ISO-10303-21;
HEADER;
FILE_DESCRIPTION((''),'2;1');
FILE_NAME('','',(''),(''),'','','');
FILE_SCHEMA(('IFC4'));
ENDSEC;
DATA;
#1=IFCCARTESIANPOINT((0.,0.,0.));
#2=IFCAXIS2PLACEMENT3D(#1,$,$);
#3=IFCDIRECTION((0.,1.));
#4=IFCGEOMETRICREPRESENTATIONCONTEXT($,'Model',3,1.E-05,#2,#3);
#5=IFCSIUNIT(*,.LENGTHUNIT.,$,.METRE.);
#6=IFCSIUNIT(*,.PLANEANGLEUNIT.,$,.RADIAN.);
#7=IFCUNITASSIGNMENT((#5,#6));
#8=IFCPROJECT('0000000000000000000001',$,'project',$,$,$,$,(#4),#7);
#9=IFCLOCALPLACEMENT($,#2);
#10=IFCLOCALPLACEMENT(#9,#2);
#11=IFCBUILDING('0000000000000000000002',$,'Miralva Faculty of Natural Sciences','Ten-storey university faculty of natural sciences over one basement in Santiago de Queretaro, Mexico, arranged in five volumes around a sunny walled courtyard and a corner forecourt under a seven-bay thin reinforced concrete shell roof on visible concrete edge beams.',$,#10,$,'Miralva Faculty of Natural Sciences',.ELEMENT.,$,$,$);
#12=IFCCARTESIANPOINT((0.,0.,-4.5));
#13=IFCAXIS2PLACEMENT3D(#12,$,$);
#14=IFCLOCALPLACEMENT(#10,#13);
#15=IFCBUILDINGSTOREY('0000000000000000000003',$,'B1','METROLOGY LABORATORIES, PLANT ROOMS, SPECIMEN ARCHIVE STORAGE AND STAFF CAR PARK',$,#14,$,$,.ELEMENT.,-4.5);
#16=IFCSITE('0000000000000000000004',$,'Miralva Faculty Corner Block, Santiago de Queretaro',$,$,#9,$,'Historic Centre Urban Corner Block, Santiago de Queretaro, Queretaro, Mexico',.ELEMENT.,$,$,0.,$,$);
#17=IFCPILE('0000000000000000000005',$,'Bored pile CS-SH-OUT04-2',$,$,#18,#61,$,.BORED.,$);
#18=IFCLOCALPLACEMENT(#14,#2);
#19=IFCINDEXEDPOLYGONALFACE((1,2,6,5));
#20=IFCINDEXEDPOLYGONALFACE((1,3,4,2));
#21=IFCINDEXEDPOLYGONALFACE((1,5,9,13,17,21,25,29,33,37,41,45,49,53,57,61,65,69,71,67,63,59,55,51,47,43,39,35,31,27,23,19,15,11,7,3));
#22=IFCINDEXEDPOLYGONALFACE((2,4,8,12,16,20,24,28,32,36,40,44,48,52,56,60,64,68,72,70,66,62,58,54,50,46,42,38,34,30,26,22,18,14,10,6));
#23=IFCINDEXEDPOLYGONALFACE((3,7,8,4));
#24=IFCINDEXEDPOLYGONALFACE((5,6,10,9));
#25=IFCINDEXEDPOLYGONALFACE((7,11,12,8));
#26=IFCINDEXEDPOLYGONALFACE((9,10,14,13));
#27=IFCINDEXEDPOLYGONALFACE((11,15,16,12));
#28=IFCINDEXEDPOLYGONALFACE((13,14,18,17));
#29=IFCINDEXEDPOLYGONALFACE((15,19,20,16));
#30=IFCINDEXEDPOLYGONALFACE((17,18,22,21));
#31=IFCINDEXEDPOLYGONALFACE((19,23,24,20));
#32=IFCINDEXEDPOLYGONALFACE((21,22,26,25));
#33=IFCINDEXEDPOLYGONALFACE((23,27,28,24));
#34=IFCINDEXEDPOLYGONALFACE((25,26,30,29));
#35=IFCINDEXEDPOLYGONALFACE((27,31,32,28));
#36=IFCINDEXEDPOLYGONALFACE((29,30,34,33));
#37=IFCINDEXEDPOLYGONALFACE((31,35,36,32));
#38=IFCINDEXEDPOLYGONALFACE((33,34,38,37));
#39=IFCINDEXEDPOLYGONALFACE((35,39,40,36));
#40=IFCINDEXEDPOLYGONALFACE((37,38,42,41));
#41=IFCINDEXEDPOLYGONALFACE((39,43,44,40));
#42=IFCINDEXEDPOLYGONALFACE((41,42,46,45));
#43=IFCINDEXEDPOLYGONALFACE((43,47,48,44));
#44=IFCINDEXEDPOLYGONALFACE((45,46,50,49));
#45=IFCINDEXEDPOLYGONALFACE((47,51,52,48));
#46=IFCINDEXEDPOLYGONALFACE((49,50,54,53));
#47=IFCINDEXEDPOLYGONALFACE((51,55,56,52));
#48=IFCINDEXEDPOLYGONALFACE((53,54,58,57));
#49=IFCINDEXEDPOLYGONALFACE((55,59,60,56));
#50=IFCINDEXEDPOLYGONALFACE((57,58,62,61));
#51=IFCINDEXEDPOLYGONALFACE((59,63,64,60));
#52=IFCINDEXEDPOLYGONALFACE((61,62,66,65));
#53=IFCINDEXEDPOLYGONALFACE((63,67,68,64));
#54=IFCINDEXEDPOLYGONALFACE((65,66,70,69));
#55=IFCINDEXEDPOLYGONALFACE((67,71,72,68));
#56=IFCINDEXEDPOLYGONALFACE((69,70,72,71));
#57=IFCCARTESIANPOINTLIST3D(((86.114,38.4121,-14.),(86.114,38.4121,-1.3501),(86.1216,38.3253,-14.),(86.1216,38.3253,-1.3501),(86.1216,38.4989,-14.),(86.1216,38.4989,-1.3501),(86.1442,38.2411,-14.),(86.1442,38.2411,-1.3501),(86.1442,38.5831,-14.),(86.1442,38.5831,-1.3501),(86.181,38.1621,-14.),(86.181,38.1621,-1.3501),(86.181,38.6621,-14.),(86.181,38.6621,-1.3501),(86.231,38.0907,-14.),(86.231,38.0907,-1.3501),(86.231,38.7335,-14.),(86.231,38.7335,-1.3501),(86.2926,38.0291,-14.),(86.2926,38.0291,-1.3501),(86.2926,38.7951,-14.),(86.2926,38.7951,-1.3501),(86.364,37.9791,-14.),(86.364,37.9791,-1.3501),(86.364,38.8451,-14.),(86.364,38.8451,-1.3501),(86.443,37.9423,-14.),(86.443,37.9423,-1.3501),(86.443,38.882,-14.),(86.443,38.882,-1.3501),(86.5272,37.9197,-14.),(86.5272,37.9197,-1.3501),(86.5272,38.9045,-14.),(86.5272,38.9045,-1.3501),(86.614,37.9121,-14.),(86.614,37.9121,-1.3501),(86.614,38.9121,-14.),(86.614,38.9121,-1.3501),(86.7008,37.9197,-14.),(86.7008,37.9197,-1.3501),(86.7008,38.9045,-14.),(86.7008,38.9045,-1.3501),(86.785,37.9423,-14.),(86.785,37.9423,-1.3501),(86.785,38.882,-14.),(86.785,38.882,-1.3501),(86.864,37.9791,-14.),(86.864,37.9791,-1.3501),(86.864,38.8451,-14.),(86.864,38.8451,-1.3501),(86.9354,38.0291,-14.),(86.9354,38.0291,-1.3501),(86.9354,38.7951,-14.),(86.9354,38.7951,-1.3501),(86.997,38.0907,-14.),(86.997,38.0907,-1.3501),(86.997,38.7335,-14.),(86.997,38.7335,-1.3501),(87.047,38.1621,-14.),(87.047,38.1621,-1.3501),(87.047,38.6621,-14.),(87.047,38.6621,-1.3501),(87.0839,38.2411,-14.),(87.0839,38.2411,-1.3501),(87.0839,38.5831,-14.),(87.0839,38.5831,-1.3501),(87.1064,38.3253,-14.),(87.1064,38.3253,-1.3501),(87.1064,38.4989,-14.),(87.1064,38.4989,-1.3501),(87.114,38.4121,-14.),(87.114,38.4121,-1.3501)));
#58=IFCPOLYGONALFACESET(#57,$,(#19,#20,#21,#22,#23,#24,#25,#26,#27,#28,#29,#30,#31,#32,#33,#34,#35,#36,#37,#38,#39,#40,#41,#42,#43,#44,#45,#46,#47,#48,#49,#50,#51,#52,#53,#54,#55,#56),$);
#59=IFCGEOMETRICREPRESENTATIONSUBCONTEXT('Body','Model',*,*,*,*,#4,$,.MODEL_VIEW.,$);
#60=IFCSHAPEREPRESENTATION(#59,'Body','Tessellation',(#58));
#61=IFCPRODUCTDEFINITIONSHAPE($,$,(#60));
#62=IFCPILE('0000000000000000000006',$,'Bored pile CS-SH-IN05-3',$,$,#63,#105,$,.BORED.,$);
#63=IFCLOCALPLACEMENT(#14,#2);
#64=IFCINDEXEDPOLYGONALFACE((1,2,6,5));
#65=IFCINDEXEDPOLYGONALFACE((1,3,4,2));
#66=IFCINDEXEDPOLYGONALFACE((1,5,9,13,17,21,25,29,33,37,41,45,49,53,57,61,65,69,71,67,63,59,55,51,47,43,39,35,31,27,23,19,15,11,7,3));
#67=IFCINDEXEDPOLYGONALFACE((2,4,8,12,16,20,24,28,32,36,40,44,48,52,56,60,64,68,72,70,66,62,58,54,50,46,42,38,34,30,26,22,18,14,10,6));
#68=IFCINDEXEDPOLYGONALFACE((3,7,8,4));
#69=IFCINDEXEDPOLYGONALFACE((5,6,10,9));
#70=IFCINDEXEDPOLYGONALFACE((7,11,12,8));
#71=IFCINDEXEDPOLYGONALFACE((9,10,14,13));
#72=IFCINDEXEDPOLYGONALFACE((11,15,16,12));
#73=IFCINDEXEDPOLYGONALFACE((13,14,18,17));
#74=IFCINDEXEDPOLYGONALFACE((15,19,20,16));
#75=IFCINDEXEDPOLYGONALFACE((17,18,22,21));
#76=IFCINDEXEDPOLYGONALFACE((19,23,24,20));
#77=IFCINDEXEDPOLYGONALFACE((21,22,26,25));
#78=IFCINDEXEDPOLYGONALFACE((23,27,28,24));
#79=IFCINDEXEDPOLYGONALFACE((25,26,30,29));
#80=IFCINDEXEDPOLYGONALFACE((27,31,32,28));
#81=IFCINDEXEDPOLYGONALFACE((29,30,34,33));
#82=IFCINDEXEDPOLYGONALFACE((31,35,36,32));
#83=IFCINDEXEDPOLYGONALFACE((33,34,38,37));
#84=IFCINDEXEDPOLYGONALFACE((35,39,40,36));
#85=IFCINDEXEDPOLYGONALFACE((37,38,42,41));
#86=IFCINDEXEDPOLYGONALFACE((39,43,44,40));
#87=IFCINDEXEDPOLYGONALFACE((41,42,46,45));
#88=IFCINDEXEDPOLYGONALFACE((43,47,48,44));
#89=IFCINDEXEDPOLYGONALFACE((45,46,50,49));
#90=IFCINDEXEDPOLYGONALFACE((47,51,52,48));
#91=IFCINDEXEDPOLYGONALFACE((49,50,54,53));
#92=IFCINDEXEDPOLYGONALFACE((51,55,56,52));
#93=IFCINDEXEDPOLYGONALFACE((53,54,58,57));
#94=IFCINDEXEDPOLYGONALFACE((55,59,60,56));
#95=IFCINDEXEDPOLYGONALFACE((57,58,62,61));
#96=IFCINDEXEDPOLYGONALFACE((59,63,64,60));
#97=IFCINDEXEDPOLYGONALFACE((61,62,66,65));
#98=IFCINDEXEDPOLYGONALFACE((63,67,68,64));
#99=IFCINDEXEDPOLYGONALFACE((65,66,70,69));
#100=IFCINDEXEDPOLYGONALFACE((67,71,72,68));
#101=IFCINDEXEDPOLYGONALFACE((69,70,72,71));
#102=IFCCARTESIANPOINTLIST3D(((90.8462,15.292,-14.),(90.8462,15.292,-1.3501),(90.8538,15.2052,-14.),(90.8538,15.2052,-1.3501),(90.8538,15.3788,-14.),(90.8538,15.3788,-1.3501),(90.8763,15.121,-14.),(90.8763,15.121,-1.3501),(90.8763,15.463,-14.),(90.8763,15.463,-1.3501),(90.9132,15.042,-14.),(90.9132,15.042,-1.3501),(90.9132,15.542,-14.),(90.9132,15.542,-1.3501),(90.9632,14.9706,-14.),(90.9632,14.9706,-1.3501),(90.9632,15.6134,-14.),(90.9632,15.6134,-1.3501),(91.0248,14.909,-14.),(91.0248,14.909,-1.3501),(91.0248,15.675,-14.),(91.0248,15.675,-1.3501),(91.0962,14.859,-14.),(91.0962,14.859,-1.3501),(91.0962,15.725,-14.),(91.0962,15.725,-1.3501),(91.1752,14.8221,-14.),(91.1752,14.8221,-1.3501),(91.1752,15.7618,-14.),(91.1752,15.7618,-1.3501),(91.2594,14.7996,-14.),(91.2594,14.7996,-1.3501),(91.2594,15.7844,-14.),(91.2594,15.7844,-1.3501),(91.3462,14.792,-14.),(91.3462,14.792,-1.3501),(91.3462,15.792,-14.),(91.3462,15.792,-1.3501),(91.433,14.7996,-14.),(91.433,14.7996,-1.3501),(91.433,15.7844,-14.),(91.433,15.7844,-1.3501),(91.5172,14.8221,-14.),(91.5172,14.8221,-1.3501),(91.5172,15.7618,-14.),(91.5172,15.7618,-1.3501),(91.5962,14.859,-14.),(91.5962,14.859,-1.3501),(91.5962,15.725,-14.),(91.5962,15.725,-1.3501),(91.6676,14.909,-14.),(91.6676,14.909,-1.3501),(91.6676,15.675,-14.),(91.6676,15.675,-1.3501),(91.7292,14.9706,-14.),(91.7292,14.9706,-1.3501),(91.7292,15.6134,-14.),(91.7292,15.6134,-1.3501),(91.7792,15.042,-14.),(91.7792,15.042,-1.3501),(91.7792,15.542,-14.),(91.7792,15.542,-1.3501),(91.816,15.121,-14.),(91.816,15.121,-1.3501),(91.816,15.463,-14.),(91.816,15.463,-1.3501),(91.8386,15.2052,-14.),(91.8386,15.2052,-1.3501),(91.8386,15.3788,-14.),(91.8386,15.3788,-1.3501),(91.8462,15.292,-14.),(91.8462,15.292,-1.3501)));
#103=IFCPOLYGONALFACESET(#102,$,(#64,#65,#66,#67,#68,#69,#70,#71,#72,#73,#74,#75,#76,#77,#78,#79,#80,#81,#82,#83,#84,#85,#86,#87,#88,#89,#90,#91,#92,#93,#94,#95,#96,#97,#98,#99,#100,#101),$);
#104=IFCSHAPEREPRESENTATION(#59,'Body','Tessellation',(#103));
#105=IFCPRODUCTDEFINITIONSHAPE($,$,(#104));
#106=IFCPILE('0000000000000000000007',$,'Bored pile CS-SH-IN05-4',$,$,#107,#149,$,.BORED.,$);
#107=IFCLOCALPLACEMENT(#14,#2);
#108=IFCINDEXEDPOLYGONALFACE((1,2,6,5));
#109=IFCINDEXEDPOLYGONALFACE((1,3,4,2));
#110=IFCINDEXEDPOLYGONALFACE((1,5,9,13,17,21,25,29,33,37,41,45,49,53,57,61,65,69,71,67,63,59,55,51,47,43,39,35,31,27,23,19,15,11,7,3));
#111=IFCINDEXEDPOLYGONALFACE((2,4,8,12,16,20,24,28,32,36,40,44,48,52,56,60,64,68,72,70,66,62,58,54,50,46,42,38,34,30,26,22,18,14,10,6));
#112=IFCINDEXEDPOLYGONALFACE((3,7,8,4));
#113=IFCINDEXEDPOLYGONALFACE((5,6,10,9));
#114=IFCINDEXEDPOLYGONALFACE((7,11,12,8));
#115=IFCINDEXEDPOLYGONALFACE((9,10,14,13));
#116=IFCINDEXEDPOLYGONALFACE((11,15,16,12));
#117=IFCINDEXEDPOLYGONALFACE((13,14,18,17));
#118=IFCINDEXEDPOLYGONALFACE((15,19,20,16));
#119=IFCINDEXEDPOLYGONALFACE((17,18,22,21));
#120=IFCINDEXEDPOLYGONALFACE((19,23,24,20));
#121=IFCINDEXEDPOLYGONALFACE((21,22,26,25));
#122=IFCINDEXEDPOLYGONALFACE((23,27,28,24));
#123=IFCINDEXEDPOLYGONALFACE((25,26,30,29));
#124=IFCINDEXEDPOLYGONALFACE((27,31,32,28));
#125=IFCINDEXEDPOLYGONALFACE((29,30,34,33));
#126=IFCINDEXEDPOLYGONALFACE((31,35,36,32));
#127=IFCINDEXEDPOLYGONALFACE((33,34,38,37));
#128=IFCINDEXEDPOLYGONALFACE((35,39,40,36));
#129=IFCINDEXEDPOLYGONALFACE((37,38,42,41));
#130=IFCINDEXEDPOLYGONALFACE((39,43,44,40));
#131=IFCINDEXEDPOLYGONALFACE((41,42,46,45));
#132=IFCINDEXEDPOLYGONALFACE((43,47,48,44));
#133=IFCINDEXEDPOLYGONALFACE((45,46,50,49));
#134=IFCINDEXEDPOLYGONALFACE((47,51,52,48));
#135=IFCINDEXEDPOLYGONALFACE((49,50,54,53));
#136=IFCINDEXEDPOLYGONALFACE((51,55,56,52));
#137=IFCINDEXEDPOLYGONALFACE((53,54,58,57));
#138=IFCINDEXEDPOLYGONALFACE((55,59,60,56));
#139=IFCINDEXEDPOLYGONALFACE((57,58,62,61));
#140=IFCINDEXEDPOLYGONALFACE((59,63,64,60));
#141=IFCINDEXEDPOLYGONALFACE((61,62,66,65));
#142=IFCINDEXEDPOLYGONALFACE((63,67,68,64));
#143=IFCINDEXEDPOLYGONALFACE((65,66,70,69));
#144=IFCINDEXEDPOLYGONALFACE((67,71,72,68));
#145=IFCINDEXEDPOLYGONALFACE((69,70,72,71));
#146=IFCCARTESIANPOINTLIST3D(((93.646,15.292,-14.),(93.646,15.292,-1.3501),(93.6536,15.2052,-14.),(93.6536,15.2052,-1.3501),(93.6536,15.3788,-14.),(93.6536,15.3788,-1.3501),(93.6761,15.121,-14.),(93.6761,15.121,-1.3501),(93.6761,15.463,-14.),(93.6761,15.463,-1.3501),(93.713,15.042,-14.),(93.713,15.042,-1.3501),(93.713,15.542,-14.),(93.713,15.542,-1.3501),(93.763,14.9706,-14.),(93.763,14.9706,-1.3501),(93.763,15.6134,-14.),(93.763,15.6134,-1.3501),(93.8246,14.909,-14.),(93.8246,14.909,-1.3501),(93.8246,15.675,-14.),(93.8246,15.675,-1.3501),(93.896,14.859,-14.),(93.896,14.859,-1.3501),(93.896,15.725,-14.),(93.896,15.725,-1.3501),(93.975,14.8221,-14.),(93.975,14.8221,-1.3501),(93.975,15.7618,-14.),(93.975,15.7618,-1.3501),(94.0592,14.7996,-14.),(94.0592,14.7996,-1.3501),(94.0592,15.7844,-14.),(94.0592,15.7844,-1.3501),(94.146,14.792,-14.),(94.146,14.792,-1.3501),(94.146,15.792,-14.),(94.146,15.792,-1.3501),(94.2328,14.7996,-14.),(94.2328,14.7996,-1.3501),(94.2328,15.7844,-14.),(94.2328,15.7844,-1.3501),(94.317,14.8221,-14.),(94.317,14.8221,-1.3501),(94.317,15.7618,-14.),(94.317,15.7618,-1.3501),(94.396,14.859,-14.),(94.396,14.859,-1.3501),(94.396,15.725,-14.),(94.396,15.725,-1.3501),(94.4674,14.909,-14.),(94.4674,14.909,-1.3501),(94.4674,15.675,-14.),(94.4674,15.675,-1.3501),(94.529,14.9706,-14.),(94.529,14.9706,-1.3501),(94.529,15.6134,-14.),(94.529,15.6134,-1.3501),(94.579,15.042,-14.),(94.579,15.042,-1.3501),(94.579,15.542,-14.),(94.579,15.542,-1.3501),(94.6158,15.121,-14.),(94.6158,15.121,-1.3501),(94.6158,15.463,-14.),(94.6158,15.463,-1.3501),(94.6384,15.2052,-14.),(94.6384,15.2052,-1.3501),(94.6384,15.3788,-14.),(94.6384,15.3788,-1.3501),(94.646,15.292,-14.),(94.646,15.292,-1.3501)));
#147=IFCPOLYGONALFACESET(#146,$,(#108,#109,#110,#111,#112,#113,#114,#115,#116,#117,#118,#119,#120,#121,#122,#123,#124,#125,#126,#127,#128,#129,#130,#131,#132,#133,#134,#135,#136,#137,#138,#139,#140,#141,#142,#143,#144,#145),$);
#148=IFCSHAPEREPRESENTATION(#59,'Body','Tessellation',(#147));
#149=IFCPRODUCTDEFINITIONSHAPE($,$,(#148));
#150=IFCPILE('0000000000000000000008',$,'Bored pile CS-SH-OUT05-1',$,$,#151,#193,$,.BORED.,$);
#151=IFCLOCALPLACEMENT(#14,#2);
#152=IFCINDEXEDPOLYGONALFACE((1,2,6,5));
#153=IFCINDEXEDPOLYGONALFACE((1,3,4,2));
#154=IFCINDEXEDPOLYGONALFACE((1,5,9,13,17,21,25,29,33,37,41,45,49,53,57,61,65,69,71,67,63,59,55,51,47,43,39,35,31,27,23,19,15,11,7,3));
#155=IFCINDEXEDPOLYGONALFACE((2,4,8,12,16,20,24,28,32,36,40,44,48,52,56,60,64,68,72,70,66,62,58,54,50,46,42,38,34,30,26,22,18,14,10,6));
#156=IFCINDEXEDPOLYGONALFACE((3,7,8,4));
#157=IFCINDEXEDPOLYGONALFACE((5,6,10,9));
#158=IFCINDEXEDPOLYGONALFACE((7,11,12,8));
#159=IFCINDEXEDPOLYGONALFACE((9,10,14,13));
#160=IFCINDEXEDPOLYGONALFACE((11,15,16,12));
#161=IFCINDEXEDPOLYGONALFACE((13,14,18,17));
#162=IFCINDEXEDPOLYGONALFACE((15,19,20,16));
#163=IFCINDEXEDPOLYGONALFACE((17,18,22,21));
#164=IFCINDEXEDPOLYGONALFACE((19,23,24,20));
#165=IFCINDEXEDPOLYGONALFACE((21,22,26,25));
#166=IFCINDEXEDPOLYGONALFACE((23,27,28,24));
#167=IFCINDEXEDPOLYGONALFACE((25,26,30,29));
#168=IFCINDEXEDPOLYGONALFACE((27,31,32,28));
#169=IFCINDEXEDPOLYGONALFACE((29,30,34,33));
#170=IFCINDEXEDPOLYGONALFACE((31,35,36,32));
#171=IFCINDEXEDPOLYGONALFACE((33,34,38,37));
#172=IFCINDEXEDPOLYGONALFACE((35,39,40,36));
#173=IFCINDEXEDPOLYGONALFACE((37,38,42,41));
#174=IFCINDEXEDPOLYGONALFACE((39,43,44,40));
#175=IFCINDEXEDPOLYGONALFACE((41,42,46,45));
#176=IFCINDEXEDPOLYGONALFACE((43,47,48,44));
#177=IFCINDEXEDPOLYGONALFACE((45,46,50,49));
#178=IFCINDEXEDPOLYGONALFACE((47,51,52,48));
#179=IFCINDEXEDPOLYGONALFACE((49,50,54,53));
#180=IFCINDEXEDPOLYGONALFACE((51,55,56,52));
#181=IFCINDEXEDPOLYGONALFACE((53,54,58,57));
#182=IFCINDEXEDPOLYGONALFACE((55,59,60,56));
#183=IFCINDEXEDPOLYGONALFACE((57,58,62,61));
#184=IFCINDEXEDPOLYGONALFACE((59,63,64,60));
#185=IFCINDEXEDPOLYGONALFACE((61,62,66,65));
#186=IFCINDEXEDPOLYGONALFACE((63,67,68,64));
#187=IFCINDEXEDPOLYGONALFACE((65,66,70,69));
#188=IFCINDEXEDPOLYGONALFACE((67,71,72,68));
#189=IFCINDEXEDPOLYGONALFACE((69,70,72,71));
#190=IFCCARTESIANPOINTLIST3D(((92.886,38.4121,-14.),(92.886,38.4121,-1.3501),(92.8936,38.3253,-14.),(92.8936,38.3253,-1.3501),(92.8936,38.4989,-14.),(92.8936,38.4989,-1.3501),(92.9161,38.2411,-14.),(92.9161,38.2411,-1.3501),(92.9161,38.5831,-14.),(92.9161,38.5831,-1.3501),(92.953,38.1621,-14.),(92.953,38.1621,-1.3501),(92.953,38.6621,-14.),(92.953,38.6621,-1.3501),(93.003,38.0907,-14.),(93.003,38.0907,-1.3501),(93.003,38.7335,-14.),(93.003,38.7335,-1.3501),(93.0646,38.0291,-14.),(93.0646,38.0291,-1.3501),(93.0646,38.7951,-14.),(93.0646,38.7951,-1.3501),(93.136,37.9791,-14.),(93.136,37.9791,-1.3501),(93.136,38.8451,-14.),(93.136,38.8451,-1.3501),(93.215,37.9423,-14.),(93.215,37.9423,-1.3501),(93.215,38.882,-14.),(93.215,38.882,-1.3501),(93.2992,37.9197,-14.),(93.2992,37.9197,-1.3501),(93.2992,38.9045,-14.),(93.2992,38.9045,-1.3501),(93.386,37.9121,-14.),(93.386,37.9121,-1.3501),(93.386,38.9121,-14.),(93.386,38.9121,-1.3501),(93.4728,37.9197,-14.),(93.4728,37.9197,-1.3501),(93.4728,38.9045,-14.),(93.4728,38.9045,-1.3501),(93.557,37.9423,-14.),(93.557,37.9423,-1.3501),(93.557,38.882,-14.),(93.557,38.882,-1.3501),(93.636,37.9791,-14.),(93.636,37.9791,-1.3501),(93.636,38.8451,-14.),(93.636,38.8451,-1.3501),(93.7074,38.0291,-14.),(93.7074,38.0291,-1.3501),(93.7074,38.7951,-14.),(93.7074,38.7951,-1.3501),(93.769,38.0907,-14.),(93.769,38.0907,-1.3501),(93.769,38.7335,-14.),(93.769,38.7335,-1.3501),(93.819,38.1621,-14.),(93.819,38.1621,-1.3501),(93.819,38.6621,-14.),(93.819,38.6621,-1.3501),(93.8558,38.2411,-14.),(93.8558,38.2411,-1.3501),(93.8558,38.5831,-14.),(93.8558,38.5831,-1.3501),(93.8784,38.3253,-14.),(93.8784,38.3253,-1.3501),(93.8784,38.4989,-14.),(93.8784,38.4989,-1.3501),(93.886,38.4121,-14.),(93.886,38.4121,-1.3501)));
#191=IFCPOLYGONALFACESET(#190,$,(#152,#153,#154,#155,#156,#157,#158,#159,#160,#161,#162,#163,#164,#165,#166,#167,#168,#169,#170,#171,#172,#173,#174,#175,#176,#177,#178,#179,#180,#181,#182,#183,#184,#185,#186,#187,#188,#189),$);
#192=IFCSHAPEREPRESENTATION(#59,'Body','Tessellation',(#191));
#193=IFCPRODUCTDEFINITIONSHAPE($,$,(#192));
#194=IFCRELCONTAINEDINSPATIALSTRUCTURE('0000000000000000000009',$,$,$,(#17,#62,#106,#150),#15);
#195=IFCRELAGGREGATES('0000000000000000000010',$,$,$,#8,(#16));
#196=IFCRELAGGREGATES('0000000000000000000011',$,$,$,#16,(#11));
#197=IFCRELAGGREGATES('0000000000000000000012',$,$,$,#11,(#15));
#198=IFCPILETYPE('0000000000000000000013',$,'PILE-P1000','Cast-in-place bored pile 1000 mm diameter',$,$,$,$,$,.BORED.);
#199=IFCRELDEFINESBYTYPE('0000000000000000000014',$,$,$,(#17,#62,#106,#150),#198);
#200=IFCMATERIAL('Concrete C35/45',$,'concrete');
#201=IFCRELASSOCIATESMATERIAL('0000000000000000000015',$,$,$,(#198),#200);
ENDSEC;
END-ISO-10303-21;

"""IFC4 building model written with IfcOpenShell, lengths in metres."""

from ifc_helpers import new_model, si_unit, direction, frame, origin, origin_2d, place, context, subcontext, project, spatial, circle, extrude, material, material_profile, profile_set, type_object, element, save


model = new_model("IFC4")

# Units and contexts
model_context = context("Model", 3, precision=1e-05, world=origin(), true_north=direction((0.0, 1.0)))
body_context = subcontext(model_context, "Body", "Model", "MODEL_VIEW")
ifc_project = project(units=[si_unit("LENGTHUNIT", "METRE"), si_unit("PLANEANGLEUNIT", "RADIAN")], contexts=[model_context])

# Site, building, storey
site_placement = place(None, origin())
site = spatial("IfcSite", under=ifc_project, at=site_placement, Name="Miralva Faculty Corner Block, Santiago de Queretaro", LongName="Historic Centre Urban Corner Block, Santiago de Queretaro, Queretaro, Mexico", CompositionType="ELEMENT", RefElevation=0.0)
building_placement = place(site_placement, origin())
building = spatial("IfcBuilding", under=site, at=building_placement, Name="Miralva Faculty of Natural Sciences", Description="Ten-storey university faculty of natural sciences over one basement in Santiago de Queretaro, Mexico, arranged in five volumes around a sunny walled courtyard and a corner forecourt under a seven-bay thin reinforced concrete shell roof on visible concrete edge beams.", LongName="Miralva Faculty of Natural Sciences", CompositionType="ELEMENT")
storey_placement = place(building_placement, frame((0.0, 0.0, -4.5)))
storey = spatial("IfcBuildingStorey", under=building, at=storey_placement, Name="B1", Description="METROLOGY LABORATORIES, PLANT ROOMS, SPECIMEN ARCHIVE STORAGE AND STAFF CAR PARK", CompositionType="ELEMENT", Elevation=-4.5)

# Shared definitions
ifc_material_1 = material(Name="Concrete C35/45", Category="concrete")

# Piles
ifc_material_profile_1 = material_profile(ifc_material_1, circle(Radius=0.5, at=origin_2d()), Name="BORED PILE 1000")
ifc_profile_set_1 = profile_set([ifc_material_profile_1], Name="Concrete C35/45")
pile_type_1 = type_object("IfcPileType", Name="PILE-P1000", Description="Cast-in-place bored pile 1000 mm diameter", PredefinedType="BORED", material=ifc_profile_set_1)
for number, where, z_axis, x_axis, name in (
    (1, (86.614, 38.4121, -1.3501), (0.0, 0.0, -1.0), (1.0, 0.0, 0.0), "Bored pile CS-SH-OUT04-2"),
    (2, (91.3462, 15.292, -1.3501), (0.0, 0.0, -1.0), (1.0, 0.0, 0.0), "Bored pile CS-SH-IN05-3"),
    (3, (94.146, 15.292, -1.3501), (0.0, 0.0, -1.0), (1.0, 0.0, 0.0), "Bored pile CS-SH-IN05-4"),
    (4, (93.386, 38.4121, -1.3501), (0.0, 0.0, -1.0), (1.0, 0.0, 0.0), "Bored pile CS-SH-OUT05-1"),
):
    element("IfcPile", number, at=place(storey_placement, frame(where, z_axis=z_axis, x_axis=x_axis)), inside=storey, type_object=pile_type_1, Name=name, PredefinedType="BORED", context=body_context, shape_type="SweptSolid", body=[
        extrude(circle(Radius=0.5, at=origin_2d()), origin(), (0.0, 0.0, 1.0), 12.6499),
    ])

save(model, "model.ifc")
